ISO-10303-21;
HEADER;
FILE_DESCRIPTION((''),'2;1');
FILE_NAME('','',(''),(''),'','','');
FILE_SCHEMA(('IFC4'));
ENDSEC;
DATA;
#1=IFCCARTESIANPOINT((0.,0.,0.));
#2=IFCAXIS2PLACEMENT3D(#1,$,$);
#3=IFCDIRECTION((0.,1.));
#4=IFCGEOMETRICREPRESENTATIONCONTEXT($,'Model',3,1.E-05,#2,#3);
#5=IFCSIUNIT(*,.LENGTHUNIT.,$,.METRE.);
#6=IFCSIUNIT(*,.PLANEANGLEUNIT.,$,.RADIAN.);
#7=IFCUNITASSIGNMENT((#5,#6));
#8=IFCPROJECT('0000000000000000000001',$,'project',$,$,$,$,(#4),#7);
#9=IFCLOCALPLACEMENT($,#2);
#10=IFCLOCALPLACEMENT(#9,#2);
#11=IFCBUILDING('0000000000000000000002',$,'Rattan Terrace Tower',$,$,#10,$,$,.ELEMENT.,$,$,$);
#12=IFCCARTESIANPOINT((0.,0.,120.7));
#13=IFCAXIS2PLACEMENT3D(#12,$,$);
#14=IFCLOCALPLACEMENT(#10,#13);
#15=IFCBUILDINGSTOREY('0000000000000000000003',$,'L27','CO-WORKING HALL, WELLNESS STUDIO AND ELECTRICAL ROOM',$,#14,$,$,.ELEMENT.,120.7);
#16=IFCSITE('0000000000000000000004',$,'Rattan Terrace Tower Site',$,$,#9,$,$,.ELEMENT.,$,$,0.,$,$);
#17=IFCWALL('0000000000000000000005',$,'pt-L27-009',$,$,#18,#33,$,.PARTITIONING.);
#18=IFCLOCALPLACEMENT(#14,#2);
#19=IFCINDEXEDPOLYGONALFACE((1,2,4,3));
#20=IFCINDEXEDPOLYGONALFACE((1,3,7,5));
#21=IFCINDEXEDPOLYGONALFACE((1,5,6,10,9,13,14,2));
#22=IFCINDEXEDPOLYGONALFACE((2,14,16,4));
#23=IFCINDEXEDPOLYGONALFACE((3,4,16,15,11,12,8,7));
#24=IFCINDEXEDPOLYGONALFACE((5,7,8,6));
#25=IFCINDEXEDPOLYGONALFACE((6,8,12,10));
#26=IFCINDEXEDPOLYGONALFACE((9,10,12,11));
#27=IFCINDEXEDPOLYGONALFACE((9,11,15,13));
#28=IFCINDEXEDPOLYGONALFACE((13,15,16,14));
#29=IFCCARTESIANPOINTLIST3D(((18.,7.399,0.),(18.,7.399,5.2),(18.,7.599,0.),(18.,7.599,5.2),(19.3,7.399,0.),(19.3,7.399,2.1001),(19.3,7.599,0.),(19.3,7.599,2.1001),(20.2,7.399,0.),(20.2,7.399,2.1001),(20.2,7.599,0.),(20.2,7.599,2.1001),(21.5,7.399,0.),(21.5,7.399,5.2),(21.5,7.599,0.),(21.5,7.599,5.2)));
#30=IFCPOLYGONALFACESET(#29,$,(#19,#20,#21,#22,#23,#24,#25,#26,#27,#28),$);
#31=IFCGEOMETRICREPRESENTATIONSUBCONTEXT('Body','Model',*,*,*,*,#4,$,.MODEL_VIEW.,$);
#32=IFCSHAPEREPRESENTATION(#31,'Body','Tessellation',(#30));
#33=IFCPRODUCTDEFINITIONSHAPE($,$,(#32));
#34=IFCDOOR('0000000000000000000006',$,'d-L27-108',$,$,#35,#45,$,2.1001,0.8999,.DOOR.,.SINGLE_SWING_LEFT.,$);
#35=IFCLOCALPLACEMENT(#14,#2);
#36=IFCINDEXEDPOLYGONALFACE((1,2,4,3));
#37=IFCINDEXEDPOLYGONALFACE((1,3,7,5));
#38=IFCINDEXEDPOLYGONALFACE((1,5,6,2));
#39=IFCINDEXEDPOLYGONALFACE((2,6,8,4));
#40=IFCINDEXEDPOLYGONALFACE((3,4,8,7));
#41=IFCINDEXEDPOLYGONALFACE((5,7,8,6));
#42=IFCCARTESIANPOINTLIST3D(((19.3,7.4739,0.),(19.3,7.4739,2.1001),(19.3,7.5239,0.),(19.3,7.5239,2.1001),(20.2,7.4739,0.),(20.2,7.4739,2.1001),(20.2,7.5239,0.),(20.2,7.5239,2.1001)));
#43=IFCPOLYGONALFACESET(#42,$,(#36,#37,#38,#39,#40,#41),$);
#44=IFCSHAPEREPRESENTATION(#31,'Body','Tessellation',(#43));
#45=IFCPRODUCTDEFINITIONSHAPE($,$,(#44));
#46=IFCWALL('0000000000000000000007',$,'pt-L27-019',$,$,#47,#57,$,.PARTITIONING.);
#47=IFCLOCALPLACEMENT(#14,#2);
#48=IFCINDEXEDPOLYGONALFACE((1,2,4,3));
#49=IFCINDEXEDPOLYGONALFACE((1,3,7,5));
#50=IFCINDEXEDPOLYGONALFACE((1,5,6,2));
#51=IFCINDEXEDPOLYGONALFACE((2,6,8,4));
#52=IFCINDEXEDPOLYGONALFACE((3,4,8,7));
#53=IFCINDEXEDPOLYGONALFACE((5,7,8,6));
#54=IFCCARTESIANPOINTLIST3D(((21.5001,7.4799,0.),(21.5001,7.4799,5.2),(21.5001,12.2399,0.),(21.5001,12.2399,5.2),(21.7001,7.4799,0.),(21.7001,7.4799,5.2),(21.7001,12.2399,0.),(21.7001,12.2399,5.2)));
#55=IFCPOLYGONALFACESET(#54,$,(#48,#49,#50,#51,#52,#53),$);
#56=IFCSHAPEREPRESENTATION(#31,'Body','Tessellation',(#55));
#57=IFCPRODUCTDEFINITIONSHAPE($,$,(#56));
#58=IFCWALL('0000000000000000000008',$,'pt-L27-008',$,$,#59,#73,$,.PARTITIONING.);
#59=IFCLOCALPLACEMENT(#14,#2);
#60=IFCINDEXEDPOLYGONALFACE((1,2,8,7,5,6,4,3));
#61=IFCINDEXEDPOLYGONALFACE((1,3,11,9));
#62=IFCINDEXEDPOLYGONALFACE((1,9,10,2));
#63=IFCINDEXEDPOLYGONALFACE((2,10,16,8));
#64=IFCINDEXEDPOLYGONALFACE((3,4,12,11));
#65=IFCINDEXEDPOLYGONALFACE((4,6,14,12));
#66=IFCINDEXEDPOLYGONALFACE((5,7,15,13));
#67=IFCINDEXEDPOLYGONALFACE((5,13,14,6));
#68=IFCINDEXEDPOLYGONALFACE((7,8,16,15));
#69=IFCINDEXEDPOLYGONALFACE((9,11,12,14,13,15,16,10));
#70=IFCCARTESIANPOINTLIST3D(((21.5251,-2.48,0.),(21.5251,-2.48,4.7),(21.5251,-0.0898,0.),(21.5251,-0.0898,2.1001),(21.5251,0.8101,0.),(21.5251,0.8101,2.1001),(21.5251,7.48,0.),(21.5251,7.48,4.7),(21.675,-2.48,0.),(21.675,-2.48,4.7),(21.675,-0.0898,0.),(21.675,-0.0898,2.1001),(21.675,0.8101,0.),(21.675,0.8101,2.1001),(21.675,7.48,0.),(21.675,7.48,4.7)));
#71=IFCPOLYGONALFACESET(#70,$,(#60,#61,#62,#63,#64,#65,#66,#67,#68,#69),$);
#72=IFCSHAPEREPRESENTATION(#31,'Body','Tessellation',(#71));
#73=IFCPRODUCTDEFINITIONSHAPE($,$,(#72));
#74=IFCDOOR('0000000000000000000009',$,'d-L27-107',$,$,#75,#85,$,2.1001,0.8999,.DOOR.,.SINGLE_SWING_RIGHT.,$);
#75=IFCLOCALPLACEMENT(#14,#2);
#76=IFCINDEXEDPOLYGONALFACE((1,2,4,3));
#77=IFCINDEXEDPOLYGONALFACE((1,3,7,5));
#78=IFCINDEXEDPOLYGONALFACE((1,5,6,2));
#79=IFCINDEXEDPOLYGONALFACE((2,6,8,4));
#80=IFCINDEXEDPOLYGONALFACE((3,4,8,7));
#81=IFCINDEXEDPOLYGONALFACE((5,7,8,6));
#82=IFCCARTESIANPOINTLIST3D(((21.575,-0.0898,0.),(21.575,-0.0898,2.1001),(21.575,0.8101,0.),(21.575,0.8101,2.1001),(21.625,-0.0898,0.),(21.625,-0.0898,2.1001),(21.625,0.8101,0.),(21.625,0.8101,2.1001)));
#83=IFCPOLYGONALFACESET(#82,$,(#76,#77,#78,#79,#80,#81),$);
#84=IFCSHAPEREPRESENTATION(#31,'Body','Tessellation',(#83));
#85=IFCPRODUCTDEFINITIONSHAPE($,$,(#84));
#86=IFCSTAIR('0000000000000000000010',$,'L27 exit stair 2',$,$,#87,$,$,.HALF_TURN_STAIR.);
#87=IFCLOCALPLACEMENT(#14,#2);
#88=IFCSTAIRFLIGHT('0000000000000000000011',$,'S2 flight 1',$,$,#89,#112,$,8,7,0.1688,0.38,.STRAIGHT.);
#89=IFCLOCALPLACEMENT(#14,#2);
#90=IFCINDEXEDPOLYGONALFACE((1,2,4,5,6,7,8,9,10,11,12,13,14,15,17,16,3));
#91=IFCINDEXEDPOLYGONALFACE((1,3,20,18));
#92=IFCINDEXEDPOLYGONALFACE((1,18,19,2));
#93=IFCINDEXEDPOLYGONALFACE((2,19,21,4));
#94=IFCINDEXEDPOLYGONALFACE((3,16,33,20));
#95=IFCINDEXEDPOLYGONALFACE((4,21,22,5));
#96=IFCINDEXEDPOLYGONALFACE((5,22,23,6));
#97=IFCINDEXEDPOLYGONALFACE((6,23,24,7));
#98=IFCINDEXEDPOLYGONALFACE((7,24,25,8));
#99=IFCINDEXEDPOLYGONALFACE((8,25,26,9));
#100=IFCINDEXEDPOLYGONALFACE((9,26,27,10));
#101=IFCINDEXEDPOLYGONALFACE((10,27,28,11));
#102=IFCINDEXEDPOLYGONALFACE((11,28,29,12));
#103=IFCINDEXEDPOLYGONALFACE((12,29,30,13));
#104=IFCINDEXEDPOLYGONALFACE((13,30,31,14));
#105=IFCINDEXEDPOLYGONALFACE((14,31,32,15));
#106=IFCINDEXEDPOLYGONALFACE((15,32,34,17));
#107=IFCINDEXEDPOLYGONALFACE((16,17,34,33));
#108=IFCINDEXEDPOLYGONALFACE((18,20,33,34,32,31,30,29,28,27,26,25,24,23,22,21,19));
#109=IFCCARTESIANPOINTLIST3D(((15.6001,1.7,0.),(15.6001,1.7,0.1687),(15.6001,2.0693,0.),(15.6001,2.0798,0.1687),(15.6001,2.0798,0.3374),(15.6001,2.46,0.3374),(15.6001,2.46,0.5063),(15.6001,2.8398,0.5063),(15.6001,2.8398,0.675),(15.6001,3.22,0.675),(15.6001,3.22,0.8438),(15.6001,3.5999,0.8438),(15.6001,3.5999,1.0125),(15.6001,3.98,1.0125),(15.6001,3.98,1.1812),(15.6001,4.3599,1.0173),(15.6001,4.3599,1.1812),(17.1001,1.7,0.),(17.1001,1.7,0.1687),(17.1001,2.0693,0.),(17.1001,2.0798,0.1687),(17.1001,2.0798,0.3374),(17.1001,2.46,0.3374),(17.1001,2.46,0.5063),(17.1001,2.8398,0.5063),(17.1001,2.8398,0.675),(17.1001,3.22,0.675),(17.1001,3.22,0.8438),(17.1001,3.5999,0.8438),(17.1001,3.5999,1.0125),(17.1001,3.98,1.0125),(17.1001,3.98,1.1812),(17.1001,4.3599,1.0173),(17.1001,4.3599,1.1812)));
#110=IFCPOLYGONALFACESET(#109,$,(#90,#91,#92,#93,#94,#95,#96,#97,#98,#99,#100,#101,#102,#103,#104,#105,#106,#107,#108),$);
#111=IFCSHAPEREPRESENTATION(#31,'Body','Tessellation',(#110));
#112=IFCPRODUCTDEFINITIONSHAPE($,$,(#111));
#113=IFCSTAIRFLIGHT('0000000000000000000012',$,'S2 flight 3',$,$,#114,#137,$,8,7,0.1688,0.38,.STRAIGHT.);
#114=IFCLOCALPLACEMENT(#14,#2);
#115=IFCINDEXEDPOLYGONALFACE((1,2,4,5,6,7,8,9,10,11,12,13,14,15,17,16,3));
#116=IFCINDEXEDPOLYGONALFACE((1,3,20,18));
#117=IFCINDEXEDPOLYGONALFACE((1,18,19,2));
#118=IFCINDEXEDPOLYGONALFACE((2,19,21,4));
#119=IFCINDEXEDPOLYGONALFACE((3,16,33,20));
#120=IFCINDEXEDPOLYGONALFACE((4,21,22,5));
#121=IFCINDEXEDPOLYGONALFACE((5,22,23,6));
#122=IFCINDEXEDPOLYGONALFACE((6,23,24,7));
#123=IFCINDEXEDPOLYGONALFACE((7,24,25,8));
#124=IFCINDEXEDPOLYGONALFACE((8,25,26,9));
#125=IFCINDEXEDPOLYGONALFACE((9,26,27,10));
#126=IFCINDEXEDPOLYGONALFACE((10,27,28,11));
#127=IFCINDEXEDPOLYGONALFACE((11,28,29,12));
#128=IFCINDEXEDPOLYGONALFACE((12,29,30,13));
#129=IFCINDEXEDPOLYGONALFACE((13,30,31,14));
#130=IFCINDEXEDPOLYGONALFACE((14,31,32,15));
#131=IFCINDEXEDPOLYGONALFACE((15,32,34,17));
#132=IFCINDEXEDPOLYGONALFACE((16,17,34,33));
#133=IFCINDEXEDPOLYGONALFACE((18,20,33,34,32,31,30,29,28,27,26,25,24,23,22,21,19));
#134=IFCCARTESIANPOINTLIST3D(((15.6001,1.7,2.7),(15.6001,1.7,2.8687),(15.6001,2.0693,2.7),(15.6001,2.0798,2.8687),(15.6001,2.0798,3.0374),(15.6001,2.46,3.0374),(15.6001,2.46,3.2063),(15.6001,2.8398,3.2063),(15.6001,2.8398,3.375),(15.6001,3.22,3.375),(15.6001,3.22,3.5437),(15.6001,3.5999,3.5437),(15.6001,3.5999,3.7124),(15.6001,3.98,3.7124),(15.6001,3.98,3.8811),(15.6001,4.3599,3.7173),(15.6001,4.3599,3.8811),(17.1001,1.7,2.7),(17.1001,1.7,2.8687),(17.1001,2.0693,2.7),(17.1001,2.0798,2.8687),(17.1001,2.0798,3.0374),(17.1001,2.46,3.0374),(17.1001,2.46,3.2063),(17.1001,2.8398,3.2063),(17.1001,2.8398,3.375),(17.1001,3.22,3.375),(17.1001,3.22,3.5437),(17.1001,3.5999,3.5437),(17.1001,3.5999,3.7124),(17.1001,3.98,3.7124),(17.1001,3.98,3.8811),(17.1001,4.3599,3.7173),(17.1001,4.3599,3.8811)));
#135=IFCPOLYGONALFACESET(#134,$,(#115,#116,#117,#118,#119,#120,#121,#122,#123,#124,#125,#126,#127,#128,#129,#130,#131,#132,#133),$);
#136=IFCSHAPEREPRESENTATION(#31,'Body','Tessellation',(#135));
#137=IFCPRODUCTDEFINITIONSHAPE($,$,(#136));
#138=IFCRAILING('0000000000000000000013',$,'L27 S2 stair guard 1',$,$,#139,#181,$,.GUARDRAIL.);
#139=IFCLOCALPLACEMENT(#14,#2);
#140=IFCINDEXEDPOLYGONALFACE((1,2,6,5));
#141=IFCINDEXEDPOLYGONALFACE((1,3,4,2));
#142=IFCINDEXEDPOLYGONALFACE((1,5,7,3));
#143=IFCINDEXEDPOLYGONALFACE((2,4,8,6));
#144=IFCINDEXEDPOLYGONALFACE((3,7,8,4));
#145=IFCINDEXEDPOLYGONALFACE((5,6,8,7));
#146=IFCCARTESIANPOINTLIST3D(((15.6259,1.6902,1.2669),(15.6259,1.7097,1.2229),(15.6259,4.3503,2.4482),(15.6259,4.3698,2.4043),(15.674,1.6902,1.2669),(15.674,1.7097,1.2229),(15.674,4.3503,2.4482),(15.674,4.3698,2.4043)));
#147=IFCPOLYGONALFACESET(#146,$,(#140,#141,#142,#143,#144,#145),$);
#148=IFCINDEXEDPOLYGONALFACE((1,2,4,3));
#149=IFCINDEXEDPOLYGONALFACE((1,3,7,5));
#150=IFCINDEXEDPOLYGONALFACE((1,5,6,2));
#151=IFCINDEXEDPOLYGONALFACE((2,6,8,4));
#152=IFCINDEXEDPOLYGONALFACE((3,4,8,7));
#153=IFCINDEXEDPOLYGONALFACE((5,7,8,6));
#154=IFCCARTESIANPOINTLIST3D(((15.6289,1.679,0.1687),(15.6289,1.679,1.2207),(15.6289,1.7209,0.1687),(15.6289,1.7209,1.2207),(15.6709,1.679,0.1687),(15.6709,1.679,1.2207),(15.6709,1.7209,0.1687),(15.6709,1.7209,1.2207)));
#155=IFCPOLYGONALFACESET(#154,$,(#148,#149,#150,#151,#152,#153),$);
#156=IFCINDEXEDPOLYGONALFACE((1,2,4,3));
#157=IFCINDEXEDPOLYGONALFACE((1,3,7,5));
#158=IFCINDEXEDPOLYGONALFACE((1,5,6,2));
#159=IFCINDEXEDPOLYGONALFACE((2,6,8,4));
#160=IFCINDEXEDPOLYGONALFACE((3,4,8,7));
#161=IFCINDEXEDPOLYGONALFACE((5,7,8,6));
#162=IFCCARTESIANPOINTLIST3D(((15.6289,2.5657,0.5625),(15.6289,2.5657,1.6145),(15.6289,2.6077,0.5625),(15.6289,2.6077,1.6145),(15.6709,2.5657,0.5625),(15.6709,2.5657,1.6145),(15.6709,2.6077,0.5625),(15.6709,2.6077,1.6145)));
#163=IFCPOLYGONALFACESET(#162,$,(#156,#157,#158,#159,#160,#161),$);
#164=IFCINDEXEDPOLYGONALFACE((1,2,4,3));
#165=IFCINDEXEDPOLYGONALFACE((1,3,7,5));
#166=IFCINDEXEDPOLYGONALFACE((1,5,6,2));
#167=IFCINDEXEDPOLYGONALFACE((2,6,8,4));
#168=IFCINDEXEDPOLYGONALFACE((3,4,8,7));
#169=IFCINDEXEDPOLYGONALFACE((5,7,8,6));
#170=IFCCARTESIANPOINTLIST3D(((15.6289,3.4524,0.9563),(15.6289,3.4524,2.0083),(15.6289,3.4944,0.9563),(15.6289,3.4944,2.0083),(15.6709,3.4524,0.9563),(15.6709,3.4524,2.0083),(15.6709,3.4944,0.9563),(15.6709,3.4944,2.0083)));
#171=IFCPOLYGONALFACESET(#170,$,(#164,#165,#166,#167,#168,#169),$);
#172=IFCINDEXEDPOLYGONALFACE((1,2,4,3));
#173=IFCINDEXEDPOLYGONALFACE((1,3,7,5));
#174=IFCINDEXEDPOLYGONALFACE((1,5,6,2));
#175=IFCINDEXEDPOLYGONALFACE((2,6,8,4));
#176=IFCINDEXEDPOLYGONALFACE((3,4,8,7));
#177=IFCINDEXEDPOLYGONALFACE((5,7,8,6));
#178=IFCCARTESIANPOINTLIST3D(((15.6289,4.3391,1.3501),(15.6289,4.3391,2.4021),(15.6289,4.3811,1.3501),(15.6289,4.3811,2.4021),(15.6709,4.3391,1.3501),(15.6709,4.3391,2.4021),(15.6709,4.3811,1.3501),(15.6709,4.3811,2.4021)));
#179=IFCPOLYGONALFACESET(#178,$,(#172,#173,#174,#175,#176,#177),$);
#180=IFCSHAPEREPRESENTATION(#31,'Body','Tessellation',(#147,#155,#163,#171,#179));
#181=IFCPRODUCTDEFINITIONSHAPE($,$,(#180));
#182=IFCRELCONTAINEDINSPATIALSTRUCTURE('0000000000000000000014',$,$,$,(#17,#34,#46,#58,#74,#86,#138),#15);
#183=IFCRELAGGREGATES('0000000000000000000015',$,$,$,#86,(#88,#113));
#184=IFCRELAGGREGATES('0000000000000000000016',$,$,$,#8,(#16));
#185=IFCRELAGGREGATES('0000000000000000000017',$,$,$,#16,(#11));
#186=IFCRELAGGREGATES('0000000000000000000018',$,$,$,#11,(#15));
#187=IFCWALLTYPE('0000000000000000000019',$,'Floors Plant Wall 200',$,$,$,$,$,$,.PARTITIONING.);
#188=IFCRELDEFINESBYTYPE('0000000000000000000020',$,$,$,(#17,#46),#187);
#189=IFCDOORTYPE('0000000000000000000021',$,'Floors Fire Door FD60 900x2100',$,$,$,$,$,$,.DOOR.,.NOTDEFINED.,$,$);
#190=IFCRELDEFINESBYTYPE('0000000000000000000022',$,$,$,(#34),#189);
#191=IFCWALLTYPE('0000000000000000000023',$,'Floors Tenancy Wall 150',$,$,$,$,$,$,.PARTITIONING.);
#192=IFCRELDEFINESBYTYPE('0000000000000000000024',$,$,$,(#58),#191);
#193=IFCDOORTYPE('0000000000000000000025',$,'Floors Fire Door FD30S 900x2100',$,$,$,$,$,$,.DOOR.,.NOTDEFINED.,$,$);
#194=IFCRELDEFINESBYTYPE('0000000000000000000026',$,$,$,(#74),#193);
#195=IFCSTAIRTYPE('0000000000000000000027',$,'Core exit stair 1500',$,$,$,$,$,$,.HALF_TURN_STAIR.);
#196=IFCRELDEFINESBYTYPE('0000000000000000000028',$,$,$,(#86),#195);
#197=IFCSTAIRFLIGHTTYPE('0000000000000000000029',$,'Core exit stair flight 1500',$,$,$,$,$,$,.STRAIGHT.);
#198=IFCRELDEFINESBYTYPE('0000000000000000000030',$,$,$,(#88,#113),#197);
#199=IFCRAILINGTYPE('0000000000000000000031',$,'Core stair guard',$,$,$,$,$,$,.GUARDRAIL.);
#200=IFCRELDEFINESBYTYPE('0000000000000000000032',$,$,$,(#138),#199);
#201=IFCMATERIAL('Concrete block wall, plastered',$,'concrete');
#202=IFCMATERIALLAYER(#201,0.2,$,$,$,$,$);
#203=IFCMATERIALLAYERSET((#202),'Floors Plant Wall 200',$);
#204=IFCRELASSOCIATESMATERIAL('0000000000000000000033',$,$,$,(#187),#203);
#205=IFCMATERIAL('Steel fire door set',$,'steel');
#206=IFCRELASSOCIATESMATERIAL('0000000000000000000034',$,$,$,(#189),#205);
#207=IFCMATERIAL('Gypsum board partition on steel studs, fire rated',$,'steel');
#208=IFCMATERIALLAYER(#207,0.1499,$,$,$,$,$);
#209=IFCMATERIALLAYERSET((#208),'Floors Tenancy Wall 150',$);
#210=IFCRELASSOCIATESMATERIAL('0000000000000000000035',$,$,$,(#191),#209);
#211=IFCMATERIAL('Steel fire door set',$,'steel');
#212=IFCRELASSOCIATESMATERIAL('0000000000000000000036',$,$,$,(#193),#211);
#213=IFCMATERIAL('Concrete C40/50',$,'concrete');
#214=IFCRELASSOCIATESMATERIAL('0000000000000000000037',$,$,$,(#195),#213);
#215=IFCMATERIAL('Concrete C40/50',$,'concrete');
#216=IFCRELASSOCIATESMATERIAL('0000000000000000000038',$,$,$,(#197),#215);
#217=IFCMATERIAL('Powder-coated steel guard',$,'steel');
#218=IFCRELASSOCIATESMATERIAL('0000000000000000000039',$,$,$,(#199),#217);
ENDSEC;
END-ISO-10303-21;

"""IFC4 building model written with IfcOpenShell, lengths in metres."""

from ifc_helpers import new_model, si_unit, direction, frame, frame_2d, origin, origin_2d, place, context, subcontext, project, spatial, polyline, rectangle, outline, extrude, material, layer, layer_set, type_object, element, fill, aggregate, save


model = new_model("IFC4")

# Units and contexts
model_context = context("Model", 3, precision=1e-05, world=origin(), true_north=direction((0.0, 1.0)))
body_context = subcontext(model_context, "Body", "Model", "MODEL_VIEW")
ifc_project = project(units=[si_unit("LENGTHUNIT", "METRE"), si_unit("PLANEANGLEUNIT", "RADIAN")], contexts=[model_context])

# Site, building, storey
site_placement = place(None, origin())
site = spatial("IfcSite", under=ifc_project, at=site_placement, Name="Rattan Terrace Tower Site", CompositionType="ELEMENT", RefElevation=0.0)
building_placement = place(site_placement, origin())
building = spatial("IfcBuilding", under=site, at=building_placement, Name="Rattan Terrace Tower", CompositionType="ELEMENT")
storey_placement = place(building_placement, frame((0.0, 0.0, 120.7)))
storey = spatial("IfcBuildingStorey", under=building, at=storey_placement, Name="L27", Description="CO-WORKING HALL, WELLNESS STUDIO AND ELECTRICAL ROOM", CompositionType="ELEMENT", Elevation=120.7)

# Wall, opening, door
ifc_material_1 = material(Name="Concrete block wall, plastered", Category="concrete")
ifc_layer_1 = layer(ifc_material_1, 0.2)
ifc_layer_set_1 = layer_set([ifc_layer_1], Name="Floors Plant Wall 200")
wall_type_1 = type_object("IfcWallType", Name="Floors Plant Wall 200", PredefinedType="PARTITIONING", material=ifc_layer_set_1)
wall_1_placement = place(storey_placement, frame((18.0, 7.499, 0.0), z_axis=(0.0, 0.0, 1.0), x_axis=(1.0, 0.0, 0.0)))
wall_1 = element("IfcWall", 1, at=wall_1_placement, inside=storey, type_object=wall_type_1, Name="pt-L27-009", PredefinedType="PARTITIONING", context=body_context, shape_type="SweptSolid", body=[
    extrude(rectangle(XDim=3.5, YDim=0.2, at=frame_2d((1.75, 0.0))), origin(), (0.0, 0.0, 1.0), 5.2),
])
opening_1_placement = place(wall_1_placement, frame((1.3, 0.0, 0.0)))
opening_1 = element("IfcOpeningElement", 2, at=opening_1_placement, cuts=wall_1, PredefinedType="OPENING", context=body_context, shape_type="SweptSolid", body=[
    extrude(rectangle(XDim=0.8999, YDim=2.1001, at=frame_2d((0.45, 1.05))), frame((0.0, 0.1106, 0.0), z_axis=(0.0, -1.0, 0.0), x_axis=(1.0, 0.0, 0.0)), (0.0, 0.0, 1.0), 0.2209),
])
ifc_material_2 = material(Name="Steel fire door set", Category="steel")
door_type_1 = type_object("IfcDoorType", Name="Floors Fire Door FD60 900x2100", OperationType="NOTDEFINED", PredefinedType="DOOR", material=ifc_material_2)
door_1_placement = place(opening_1_placement, origin())
door_1 = element("IfcDoor", 3, at=door_1_placement, inside=storey, type_object=door_type_1, Name="d-L27-108", OperationType="SINGLE_SWING_LEFT", OverallHeight=2.1001, OverallWidth=0.8999, PredefinedType="DOOR", context=body_context, shape_type="SweptSolid", body=[
    extrude(rectangle(XDim=0.8999, YDim=2.1001, at=frame_2d((0.45, 1.05))), frame((0.0, 0.0249, 0.0), z_axis=(0.0, -1.0, 0.0), x_axis=(1.0, 0.0, 0.0)), (0.0, 0.0, 1.0), 0.05),
])
fill(opening_1, door_1)

# Wall
wall_2_placement = place(storey_placement, frame((21.6001, 7.48, 0.0), z_axis=(0.0, 0.0, 1.0), x_axis=(0.0, 1.0, 0.0)))
element("IfcWall", 4, at=wall_2_placement, inside=storey, type_object=wall_type_1, Name="pt-L27-019", PredefinedType="PARTITIONING", context=body_context, shape_type="SweptSolid", body=[
    extrude(rectangle(XDim=4.76, YDim=0.2, at=frame_2d((2.3799, 0.0))), origin(), (0.0, 0.0, 1.0), 5.2),
])

# Wall, opening, door
ifc_material_3 = material(Name="Gypsum board partition on steel studs, fire rated", Category="steel")
ifc_layer_2 = layer(ifc_material_3, 0.1499)
ifc_layer_set_2 = layer_set([ifc_layer_2], Name="Floors Tenancy Wall 150")
wall_type_2 = type_object("IfcWallType", Name="Floors Tenancy Wall 150", PredefinedType="PARTITIONING", material=ifc_layer_set_2)
wall_3_placement = place(storey_placement, frame((21.6001, 7.48, 0.0), z_axis=(0.0, 0.0, 1.0), x_axis=(0.0, -1.0, 0.0)))
wall_3 = element("IfcWall", 5, at=wall_3_placement, inside=storey, type_object=wall_type_2, Name="pt-L27-008", PredefinedType="PARTITIONING", context=body_context, shape_type="SweptSolid", body=[
    extrude(rectangle(XDim=9.96, YDim=0.1499, at=frame_2d((4.98, 0.0))), origin(), (0.0, 0.0, 1.0), 4.7),
])
opening_2_placement = place(wall_3_placement, frame((6.6699, 0.0, 0.0)))
opening_2 = element("IfcOpeningElement", 6, at=opening_2_placement, cuts=wall_3, PredefinedType="OPENING", context=body_context, shape_type="SweptSolid", body=[
    extrude(rectangle(XDim=0.8999, YDim=2.1001, at=frame_2d((0.45, 1.05))), frame((0.0, 0.0854, 0.0), z_axis=(0.0, -1.0, 0.0), x_axis=(1.0, 0.0, 0.0)), (0.0, 0.0, 1.0), 0.1709),
])
ifc_material_4 = material(Name="Steel fire door set", Category="steel")
door_type_2 = type_object("IfcDoorType", Name="Floors Fire Door FD30S 900x2100", OperationType="NOTDEFINED", PredefinedType="DOOR", material=ifc_material_4)
door_2_placement = place(opening_2_placement, origin())
door_2 = element("IfcDoor", 7, at=door_2_placement, inside=storey, type_object=door_type_2, Name="d-L27-107", OperationType="SINGLE_SWING_RIGHT", OverallHeight=2.1001, OverallWidth=0.8999, PredefinedType="DOOR", context=body_context, shape_type="SweptSolid", body=[
    extrude(rectangle(XDim=0.8999, YDim=2.1001, at=frame_2d((0.45, 1.05))), frame((0.0, 0.0249, 0.0), z_axis=(0.0, -1.0, 0.0), x_axis=(1.0, 0.0, 0.0)), (0.0, 0.0, 1.0), 0.05),
])
fill(opening_2, door_2)

# Stair, stair flights
ifc_material_5 = material(Name="Concrete C40/50", Category="concrete")
stair_type = type_object("IfcStairType", Name="Core exit stair 1500", PredefinedType="HALF_TURN_STAIR", material=ifc_material_5)
stair_placement = place(storey_placement, origin())
stair = element("IfcStair", 8, at=stair_placement, inside=storey, type_object=stair_type, Name="L27 exit stair 2", PredefinedType="HALF_TURN_STAIR")
ifc_material_6 = material(Name="Concrete C40/50", Category="concrete")
stair_flight_type = type_object("IfcStairFlightType", Name="Core exit stair flight 1500", PredefinedType="STRAIGHT", material=ifc_material_6)
stair_flight_1_placement = place(storey_placement, frame((16.3501, 1.7, 0.0), z_axis=(0.0, 0.0, 1.0), x_axis=(0.0, 1.0, 0.0)))
stair_flight_1 = element("IfcStairFlight", 9, at=stair_flight_1_placement, type_object=stair_flight_type, Name="S2 flight 1", NumberOfRisers=8, NumberOfTreads=7, PredefinedType="STRAIGHT", RiserHeight=0.1688, TreadLength=0.38, context=body_context, shape_type="SweptSolid", body=[
    extrude(outline(polyline([(0.0, 0.0), (0.0, 0.1687), (0.3799, 0.1687), (0.3799, 0.3374), (0.76, 0.3374), (0.76, 0.5063), (1.1399, 0.5063), (1.1399, 0.675), (1.52, 0.675), (1.52, 0.8438), (1.8999, 0.8438), (1.8999, 1.0125), (2.28, 1.0125), (2.28, 1.1812), (2.6599, 1.1812), (2.6599, 1.3501), (2.6599, 1.0173), (0.3694, 0.0), (0.0, 0.0)])), frame((0.0, 0.75, 0.0), z_axis=(0.0, -1.0, 0.0), x_axis=(1.0, 0.0, 0.0)), (0.0, 0.0, 1.0), 1.5),
])
stair_flight_2_placement = place(storey_placement, frame((16.3501, 1.7, 2.7), z_axis=(0.0, 0.0, 1.0), x_axis=(0.0, 1.0, 0.0)))
stair_flight_2 = element("IfcStairFlight", 10, at=stair_flight_2_placement, type_object=stair_flight_type, Name="S2 flight 3", NumberOfRisers=8, NumberOfTreads=7, PredefinedType="STRAIGHT", RiserHeight=0.1688, TreadLength=0.38, context=body_context, shape_type="SweptSolid", body=[
    extrude(outline(polyline([(0.0, 0.0), (0.0, 0.1687), (0.3799, 0.1687), (0.3799, 0.3374), (0.76, 0.3374), (0.76, 0.5063), (1.1399, 0.5063), (1.1399, 0.675), (1.52, 0.675), (1.52, 0.8438), (1.8999, 0.8438), (1.8999, 1.0125), (2.28, 1.0125), (2.28, 1.1812), (2.6599, 1.1812), (2.6599, 1.3501), (2.6599, 1.0173), (0.3694, 0.0), (0.0, 0.0)])), frame((0.0, 0.75, 0.0), z_axis=(0.0, -1.0, 0.0), x_axis=(1.0, 0.0, 0.0)), (0.0, 0.0, 1.0), 1.5),
])
aggregate(stair, [stair_flight_1, stair_flight_2])

# Railing
ifc_material_7 = material(Name="Powder-coated steel guard", Category="steel")
railing_type_1 = type_object("IfcRailingType", Name="Core stair guard", PredefinedType="GUARDRAIL", material=ifc_material_7)
railing_1_placement = place(storey_placement, frame((15.6499, 1.7, 0.1687)))
element("IfcRailing", 11, at=railing_1_placement, inside=storey, type_object=railing_type_1, Name="L27 S2 stair guard 1", PredefinedType="GUARDRAIL", context=body_context, shape_type="SweptSolid", body=[
    extrude(rectangle(XDim=0.0481, YDim=0.0481, at=origin_2d()), frame((0.0, 0.0, 1.0762), z_axis=(0.0, 0.913926, 0.405882), x_axis=(-1.0, 0.0, 0.0)), (0.0, 0.0, 1.0), 2.9106),
    extrude(rectangle(XDim=0.042, YDim=0.042, at=origin_2d()), origin(), (0.0, 0.0, 1.0), 1.052),
    extrude(rectangle(XDim=0.042, YDim=0.042, at=origin_2d()), frame((0.0, 0.8867, 0.3938)), (0.0, 0.0, 1.0), 1.052),
    extrude(rectangle(XDim=0.042, YDim=0.042, at=origin_2d()), frame((0.0, 1.7734, 0.7876)), (0.0, 0.0, 1.0), 1.052),
    extrude(rectangle(XDim=0.042, YDim=0.042, at=origin_2d()), frame((0.0, 2.6602, 1.1814)), (0.0, 0.0, 1.0), 1.052),
])

save(model, "model.ifc")
